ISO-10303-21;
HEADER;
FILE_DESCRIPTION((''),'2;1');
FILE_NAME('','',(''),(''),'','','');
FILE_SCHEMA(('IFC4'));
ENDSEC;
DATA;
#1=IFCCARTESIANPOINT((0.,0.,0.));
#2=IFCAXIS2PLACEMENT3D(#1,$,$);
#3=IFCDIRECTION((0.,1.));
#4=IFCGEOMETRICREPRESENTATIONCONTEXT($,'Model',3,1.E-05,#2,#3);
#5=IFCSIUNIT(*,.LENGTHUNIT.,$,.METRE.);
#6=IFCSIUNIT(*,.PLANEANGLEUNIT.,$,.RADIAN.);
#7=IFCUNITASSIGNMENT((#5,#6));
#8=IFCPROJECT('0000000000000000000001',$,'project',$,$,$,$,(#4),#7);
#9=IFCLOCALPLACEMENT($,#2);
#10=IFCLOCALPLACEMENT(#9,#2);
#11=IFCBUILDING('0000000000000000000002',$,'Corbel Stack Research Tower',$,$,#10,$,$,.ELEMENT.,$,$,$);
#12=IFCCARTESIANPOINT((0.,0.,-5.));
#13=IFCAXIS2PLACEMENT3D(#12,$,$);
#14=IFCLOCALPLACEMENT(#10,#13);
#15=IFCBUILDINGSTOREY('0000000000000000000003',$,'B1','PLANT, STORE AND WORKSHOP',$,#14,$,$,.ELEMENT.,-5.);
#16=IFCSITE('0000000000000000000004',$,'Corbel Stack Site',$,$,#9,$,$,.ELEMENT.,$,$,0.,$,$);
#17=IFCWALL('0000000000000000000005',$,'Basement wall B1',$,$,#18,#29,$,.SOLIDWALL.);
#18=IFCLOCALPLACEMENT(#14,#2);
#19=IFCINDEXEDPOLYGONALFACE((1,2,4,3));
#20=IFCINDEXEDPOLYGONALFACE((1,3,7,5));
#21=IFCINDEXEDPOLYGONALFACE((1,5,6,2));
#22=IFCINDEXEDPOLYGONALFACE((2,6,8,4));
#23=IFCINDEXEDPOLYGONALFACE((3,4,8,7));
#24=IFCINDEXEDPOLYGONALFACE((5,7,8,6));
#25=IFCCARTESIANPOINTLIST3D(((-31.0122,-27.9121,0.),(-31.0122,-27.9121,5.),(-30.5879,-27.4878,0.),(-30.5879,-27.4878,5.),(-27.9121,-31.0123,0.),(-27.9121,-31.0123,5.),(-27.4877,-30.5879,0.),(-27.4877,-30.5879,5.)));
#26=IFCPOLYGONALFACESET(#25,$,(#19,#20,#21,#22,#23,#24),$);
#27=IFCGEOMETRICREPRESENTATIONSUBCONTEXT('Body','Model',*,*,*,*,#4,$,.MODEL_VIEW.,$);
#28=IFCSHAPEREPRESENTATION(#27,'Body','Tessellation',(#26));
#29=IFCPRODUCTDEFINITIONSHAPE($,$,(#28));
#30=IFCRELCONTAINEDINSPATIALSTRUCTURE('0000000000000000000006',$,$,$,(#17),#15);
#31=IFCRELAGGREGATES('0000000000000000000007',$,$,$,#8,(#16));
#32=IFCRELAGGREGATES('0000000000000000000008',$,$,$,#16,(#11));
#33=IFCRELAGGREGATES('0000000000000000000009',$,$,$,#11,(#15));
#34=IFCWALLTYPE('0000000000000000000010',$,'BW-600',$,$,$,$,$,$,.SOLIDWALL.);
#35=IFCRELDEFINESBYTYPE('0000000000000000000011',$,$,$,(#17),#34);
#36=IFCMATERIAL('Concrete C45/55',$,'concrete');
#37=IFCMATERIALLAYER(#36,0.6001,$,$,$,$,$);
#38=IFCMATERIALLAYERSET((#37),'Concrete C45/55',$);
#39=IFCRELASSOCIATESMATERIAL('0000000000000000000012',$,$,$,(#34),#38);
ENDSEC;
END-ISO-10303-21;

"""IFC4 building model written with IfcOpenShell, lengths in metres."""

from ifc_helpers import new_model, si_unit, direction, frame, frame_2d, origin, place, context, subcontext, project, spatial, rectangle, extrude, material, layer, layer_set, type_object, element, save


model = new_model("IFC4")

# Units and contexts
model_context = context("Model", 3, precision=1e-05, world=origin(), true_north=direction((0.0, 1.0)))
body_context = subcontext(model_context, "Body", "Model", "MODEL_VIEW")
ifc_project = project(units=[si_unit("LENGTHUNIT", "METRE"), si_unit("PLANEANGLEUNIT", "RADIAN")], contexts=[model_context])

# Site, building, storey
site_placement = place(None, origin())
site = spatial("IfcSite", under=ifc_project, at=site_placement, Name="Corbel Stack Site", CompositionType="ELEMENT", RefElevation=0.0)
building_placement = place(site_placement, origin())
building = spatial("IfcBuilding", under=site, at=building_placement, Name="Corbel Stack Research Tower", CompositionType="ELEMENT")
storey_placement = place(building_placement, frame((0.0, 0.0, -5.0)))
storey = spatial("IfcBuildingStorey", under=building, at=storey_placement, Name="B1", Description="PLANT, STORE AND WORKSHOP", CompositionType="ELEMENT", Elevation=-5.0)

# Wall
ifc_material_1 = material(Name="Concrete C45/55", Category="concrete")
ifc_layer = layer(ifc_material_1, 0.6001)
ifc_layer_set = layer_set([ifc_layer], Name="Concrete C45/55")
wall_type = type_object("IfcWallType", Name="BW-600", PredefinedType="SOLIDWALL", material=ifc_layer_set)
wall_placement = place(storey_placement, frame((-30.8, -27.7, 0.0), z_axis=(0.0, 0.0, 1.0), x_axis=(0.707107, -0.707107, 0.0)))
element("IfcWall", 1, at=wall_placement, inside=storey, type_object=wall_type, Name="Basement wall B1", PredefinedType="SOLIDWALL", context=body_context, shape_type="SweptSolid", body=[
    extrude(rectangle(XDim=4.3843, YDim=0.6001, at=frame_2d((2.1921, 0.0))), origin(), (0.0, 0.0, 1.0), 5.0),
])

save(model, "model.ifc")
